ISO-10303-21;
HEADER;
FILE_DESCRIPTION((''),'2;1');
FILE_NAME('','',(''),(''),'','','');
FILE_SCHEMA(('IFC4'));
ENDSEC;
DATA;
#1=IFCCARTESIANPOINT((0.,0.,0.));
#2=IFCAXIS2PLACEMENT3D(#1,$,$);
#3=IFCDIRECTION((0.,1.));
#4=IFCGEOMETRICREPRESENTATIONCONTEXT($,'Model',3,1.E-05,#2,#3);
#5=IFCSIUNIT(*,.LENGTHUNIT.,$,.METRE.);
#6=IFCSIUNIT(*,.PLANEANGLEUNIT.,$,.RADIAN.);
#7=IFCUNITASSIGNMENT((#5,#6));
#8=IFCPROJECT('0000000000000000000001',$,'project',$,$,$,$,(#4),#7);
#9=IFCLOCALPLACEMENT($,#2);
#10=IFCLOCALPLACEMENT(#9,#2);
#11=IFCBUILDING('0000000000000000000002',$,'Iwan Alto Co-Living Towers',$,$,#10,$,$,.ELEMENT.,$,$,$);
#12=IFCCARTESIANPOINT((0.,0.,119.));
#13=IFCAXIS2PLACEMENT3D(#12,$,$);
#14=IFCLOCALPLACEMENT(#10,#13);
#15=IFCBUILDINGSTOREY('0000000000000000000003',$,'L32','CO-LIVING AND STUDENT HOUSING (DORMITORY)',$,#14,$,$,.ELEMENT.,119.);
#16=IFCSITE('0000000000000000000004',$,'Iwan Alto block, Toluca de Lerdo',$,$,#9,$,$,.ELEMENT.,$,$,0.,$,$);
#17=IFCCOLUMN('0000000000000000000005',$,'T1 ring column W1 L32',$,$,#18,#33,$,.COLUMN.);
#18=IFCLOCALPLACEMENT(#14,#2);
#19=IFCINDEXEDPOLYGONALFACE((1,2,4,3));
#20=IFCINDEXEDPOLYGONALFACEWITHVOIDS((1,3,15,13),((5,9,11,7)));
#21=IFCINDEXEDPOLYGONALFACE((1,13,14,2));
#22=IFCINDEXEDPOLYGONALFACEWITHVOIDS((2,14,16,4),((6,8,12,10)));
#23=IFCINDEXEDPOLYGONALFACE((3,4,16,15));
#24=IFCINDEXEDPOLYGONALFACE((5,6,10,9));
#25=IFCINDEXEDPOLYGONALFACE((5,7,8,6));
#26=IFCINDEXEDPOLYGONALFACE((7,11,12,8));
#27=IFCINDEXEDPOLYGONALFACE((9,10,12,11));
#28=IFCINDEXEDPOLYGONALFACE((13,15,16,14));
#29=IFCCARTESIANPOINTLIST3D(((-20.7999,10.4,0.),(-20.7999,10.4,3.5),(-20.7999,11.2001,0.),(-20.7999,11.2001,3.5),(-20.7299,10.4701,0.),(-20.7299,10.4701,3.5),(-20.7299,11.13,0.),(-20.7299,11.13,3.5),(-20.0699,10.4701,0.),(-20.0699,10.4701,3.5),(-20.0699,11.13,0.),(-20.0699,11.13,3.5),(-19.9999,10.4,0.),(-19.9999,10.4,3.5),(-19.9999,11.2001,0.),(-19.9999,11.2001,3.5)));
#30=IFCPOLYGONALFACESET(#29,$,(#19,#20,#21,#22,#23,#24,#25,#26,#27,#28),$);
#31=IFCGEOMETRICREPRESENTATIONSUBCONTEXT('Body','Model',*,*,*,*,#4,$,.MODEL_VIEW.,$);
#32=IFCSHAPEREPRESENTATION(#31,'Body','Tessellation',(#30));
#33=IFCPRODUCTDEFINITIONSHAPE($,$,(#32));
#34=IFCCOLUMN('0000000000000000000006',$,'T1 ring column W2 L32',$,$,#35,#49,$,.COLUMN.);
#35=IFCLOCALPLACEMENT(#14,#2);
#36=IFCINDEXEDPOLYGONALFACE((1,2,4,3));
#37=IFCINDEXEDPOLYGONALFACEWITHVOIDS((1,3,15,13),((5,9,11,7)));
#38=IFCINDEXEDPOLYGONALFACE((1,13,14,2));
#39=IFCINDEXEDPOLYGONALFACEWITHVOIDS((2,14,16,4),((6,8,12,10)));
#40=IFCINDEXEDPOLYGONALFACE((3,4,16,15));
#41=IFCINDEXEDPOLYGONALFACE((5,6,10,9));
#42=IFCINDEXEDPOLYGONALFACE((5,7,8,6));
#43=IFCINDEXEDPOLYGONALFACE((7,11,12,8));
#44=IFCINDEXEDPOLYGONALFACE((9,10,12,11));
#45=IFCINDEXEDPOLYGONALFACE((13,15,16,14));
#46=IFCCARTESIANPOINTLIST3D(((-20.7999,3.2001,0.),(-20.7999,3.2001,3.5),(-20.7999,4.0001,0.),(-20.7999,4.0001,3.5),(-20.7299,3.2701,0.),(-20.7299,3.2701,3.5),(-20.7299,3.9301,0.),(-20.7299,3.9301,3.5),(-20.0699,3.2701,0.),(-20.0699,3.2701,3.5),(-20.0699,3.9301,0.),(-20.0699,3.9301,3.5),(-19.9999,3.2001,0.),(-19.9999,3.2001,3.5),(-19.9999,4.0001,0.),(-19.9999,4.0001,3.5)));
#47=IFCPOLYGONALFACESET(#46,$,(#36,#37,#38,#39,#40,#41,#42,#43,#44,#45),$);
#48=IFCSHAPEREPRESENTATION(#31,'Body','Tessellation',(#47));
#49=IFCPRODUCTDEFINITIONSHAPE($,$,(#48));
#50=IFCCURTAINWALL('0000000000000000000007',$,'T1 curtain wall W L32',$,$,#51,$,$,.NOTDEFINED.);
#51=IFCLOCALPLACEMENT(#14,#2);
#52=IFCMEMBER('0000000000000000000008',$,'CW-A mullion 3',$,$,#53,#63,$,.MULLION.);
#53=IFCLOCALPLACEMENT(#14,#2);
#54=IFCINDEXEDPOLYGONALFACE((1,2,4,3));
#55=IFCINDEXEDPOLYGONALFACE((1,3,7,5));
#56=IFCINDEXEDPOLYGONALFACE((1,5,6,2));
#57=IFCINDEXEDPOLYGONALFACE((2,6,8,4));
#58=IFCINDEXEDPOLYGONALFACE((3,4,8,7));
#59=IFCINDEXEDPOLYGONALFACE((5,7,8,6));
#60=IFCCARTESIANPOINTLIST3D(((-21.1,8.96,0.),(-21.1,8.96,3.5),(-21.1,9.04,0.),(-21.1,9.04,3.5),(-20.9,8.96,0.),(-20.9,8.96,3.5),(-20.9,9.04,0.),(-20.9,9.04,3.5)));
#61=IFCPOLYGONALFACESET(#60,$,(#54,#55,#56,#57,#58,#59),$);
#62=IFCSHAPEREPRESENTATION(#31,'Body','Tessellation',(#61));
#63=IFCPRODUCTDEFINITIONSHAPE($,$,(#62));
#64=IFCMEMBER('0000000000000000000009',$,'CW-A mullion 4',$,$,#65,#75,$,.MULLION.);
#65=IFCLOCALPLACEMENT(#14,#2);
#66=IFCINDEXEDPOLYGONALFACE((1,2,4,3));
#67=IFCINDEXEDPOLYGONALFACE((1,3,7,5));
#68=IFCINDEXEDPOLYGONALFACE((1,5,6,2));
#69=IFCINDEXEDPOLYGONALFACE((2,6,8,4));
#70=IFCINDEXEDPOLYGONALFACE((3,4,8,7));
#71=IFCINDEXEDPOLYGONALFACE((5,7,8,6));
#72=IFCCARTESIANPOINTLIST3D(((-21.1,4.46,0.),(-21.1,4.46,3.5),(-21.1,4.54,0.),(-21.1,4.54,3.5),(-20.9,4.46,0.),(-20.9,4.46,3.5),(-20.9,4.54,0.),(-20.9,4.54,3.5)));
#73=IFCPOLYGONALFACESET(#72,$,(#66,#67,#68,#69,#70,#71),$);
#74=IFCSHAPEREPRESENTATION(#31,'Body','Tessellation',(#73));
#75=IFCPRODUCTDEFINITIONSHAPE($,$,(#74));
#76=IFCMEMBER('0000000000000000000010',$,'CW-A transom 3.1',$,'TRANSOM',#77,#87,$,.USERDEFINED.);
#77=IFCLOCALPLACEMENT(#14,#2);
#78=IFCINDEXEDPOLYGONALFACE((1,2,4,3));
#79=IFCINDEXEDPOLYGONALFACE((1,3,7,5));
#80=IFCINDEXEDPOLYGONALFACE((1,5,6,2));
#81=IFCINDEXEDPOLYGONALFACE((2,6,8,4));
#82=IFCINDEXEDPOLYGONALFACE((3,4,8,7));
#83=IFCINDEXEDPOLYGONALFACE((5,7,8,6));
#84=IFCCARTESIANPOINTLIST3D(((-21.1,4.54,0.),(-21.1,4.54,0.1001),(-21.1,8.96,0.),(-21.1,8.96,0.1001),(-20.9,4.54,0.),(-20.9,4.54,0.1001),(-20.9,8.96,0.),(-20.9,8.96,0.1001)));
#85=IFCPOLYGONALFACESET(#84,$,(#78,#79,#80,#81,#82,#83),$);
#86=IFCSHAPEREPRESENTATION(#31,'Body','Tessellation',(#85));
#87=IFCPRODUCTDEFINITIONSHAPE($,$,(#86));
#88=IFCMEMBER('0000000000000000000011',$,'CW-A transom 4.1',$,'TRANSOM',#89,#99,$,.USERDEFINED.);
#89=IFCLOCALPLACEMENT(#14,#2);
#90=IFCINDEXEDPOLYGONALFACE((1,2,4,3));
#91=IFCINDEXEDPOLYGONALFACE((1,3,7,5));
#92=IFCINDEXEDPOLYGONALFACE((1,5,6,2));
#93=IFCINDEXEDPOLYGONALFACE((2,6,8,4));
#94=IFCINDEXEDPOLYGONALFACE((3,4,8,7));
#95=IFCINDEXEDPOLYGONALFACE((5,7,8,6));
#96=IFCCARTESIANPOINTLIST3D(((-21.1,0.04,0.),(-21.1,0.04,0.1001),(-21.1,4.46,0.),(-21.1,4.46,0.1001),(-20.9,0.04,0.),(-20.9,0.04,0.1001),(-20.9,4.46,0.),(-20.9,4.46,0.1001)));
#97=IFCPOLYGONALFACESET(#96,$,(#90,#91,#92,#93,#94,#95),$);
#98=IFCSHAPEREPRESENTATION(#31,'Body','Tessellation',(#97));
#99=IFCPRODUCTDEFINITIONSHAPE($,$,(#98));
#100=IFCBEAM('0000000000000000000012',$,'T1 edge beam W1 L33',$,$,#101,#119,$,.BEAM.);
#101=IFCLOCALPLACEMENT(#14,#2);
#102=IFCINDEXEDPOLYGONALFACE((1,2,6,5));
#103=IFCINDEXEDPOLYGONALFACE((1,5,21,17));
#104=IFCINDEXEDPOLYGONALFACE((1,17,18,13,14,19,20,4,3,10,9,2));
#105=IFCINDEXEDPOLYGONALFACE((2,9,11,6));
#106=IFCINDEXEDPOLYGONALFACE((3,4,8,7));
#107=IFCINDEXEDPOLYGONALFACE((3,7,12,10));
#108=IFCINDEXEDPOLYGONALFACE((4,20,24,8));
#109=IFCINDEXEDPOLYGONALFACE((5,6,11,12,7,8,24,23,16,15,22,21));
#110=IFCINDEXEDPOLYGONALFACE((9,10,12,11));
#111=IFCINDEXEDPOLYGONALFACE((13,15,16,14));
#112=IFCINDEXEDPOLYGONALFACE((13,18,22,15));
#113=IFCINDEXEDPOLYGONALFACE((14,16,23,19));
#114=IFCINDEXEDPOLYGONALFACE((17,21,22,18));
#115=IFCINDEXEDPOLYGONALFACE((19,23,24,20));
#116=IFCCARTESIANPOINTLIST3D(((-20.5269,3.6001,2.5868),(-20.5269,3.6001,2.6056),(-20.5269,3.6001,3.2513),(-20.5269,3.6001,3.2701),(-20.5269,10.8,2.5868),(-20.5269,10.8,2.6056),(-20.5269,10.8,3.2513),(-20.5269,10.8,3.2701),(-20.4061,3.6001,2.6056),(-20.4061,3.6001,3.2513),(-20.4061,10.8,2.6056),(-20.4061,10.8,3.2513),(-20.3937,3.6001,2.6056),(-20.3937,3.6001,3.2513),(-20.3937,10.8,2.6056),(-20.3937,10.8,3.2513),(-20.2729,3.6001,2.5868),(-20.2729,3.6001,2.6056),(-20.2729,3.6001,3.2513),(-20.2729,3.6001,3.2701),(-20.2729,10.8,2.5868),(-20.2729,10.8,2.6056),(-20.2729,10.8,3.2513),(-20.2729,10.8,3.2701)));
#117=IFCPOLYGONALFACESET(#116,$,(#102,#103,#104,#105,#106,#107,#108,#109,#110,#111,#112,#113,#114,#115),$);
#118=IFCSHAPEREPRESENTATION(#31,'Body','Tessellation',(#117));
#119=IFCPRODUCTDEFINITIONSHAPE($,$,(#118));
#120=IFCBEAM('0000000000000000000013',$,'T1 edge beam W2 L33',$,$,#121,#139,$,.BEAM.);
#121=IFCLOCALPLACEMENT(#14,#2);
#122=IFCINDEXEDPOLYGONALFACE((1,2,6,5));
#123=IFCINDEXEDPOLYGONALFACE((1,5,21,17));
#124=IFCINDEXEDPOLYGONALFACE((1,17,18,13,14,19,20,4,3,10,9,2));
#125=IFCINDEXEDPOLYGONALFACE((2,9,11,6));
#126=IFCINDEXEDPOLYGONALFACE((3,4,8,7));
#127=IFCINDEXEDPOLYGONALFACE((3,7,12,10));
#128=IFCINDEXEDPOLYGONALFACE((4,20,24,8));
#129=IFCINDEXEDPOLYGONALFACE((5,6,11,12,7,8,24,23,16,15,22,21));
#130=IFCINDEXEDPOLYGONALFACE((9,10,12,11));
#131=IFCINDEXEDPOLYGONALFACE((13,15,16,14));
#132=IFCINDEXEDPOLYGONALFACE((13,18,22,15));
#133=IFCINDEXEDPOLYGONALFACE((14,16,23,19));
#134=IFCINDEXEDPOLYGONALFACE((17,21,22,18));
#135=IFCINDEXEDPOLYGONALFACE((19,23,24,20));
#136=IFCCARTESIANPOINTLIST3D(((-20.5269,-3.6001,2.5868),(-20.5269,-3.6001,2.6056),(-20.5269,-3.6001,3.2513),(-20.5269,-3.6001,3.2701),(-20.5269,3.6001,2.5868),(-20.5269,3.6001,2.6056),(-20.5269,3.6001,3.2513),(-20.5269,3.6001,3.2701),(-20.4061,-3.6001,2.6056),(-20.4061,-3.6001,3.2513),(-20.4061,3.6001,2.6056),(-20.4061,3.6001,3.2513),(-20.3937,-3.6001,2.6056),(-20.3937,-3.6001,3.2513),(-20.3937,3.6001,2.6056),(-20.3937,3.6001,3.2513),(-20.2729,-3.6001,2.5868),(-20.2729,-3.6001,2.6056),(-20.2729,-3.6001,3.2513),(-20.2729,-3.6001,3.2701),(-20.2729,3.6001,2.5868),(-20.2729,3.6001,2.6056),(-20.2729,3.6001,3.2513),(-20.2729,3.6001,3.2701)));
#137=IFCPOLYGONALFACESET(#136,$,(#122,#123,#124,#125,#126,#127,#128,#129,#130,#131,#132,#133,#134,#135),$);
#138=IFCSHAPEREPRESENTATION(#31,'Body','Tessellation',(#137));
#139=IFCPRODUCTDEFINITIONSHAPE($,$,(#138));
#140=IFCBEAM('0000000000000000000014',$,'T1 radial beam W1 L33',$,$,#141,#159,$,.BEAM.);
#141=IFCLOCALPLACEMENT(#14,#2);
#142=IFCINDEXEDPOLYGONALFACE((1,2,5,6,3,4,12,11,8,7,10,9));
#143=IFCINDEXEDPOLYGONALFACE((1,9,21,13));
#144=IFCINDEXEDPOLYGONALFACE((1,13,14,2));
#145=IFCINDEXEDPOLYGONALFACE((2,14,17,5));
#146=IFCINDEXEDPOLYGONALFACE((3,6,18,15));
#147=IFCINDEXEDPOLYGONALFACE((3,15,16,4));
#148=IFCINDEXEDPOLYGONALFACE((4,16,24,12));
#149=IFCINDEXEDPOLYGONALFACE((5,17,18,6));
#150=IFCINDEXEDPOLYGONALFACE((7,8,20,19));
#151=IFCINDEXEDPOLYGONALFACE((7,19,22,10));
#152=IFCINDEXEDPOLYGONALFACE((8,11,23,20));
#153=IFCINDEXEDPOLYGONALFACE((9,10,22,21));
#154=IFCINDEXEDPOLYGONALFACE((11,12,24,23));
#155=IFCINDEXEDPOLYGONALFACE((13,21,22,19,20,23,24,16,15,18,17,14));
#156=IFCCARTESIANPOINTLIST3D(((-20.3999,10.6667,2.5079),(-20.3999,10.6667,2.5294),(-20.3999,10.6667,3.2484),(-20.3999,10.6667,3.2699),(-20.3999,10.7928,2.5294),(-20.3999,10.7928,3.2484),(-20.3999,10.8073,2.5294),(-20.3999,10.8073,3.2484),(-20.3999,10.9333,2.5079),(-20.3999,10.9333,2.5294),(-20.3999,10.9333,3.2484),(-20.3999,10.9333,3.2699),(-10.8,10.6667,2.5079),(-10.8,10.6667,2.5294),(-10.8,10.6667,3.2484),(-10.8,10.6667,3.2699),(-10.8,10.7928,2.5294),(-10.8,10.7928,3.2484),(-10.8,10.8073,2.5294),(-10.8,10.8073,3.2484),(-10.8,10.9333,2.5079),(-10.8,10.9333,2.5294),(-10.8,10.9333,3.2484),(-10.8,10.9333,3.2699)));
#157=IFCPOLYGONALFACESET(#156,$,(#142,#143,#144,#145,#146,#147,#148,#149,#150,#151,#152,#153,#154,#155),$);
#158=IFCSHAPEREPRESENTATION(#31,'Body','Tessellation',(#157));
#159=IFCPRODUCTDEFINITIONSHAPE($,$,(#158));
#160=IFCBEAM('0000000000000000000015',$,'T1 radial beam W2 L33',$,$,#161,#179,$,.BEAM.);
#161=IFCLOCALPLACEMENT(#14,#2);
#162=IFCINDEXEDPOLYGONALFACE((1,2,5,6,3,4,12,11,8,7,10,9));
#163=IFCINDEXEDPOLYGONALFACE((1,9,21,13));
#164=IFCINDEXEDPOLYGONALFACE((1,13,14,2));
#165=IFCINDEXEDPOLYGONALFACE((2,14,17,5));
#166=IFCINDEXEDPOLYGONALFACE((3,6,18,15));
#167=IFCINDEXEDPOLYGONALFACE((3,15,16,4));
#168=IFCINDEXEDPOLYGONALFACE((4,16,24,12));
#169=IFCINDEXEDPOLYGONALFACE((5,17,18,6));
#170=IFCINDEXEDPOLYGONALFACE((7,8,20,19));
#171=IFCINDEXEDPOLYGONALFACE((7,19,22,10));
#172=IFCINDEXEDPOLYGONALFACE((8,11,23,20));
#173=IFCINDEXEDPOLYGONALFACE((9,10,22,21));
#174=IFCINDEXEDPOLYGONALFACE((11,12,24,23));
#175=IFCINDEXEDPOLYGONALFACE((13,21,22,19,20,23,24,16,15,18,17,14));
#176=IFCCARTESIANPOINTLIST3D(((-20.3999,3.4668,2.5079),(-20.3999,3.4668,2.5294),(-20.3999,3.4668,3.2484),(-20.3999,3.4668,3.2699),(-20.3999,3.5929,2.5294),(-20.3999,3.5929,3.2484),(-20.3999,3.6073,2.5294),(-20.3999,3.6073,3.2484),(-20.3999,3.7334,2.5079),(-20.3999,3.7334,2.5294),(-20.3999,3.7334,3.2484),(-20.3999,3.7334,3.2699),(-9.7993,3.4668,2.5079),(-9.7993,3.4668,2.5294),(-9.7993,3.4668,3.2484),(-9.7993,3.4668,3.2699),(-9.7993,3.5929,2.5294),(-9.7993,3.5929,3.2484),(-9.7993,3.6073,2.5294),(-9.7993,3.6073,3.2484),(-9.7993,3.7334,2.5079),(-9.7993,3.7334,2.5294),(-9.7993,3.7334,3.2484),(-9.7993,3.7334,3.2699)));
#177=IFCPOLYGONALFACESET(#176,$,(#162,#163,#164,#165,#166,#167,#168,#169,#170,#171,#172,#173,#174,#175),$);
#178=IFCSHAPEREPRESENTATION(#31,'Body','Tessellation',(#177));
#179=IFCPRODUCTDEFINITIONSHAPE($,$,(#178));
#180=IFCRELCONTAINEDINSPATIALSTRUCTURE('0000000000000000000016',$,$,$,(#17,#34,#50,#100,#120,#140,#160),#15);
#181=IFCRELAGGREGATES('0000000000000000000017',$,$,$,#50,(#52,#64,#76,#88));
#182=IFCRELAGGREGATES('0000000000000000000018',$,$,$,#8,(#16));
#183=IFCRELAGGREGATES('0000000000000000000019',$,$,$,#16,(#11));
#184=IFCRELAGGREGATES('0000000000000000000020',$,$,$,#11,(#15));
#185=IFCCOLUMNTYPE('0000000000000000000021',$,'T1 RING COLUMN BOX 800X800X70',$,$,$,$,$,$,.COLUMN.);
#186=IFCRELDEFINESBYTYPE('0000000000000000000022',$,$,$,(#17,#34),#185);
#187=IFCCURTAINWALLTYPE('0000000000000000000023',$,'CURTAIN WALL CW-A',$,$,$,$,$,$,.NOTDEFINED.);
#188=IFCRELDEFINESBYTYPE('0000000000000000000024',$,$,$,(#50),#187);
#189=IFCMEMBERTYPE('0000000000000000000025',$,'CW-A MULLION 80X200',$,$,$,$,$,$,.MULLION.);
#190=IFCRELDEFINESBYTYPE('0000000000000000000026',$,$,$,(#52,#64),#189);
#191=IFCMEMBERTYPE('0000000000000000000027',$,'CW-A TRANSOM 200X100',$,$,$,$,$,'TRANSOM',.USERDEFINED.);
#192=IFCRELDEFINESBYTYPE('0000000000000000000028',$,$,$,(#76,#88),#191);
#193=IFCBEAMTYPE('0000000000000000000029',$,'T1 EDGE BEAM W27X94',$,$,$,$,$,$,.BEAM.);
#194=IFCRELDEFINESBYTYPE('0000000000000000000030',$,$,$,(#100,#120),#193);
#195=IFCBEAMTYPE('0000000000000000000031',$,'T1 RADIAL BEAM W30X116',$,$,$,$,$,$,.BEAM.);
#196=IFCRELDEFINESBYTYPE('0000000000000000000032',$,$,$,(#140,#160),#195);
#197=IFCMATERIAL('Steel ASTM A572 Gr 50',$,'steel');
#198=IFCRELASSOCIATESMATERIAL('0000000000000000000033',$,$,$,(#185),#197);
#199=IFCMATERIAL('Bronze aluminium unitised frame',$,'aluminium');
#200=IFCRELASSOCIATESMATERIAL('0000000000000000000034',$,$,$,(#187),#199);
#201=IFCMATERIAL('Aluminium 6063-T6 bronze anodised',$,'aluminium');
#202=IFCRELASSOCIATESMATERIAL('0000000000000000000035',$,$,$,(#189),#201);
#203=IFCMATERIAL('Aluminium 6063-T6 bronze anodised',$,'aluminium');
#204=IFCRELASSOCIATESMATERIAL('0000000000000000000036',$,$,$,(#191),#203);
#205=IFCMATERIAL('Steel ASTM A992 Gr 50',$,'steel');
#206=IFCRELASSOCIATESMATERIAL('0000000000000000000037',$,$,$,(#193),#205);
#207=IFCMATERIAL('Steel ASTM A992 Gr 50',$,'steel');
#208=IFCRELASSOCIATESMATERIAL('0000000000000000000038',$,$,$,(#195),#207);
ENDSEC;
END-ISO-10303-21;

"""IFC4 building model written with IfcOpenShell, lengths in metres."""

from ifc_helpers import new_model, si_unit, direction, frame, origin, origin_2d, place, context, subcontext, project, spatial, rectangle, hollow_rectangle, i_section, extrude, material, material_profile, profile_set, type_object, element, aggregate, save


model = new_model("IFC4")

# Units and contexts
model_context = context("Model", 3, precision=1e-05, world=origin(), true_north=direction((0.0, 1.0)))
body_context = subcontext(model_context, "Body", "Model", "MODEL_VIEW")
ifc_project = project(units=[si_unit("LENGTHUNIT", "METRE"), si_unit("PLANEANGLEUNIT", "RADIAN")], contexts=[model_context])

# Site, building, storey
site_placement = place(None, origin())
site = spatial("IfcSite", under=ifc_project, at=site_placement, Name="Iwan Alto block, Toluca de Lerdo", CompositionType="ELEMENT", RefElevation=0.0)
building_placement = place(site_placement, origin())
building = spatial("IfcBuilding", under=site, at=building_placement, Name="Iwan Alto Co-Living Towers", CompositionType="ELEMENT")
storey_placement = place(building_placement, frame((0.0, 0.0, 119.0)))
storey = spatial("IfcBuildingStorey", under=building, at=storey_placement, Name="L32", Description="CO-LIVING AND STUDENT HOUSING (DORMITORY)", CompositionType="ELEMENT", Elevation=119.0)

# Columns
ifc_material_1 = material(Name="Steel ASTM A572 Gr 50", Category="steel")
ifc_material_profile_1 = material_profile(ifc_material_1, hollow_rectangle(XDim=0.8, YDim=0.8, WallThickness=0.0701, at=origin_2d()), Name="BOX 800X800X70")
ifc_profile_set_1 = profile_set([ifc_material_profile_1], Name="Steel ASTM A572 Gr 50")
column_type = type_object("IfcColumnType", Name="T1 RING COLUMN BOX 800X800X70", PredefinedType="COLUMN", material=ifc_profile_set_1)
for number, where, z_axis, x_axis, name in (
    (1, (-20.3999, 10.8, 0.0), (0.0, 0.0, 1.0), (1.0, 0.0, 0.0), "T1 ring column W1 L32"),
    (2, (-20.3999, 3.6001, 0.0), (0.0, 0.0, 1.0), (1.0, 0.0, 0.0), "T1 ring column W2 L32"),
):
    element("IfcColumn", number, at=place(storey_placement, frame(where, z_axis=z_axis, x_axis=x_axis)), inside=storey, type_object=column_type, Name=name, PredefinedType="COLUMN", context=body_context, shape_type="SweptSolid", body=[
        extrude(hollow_rectangle(XDim=0.8, YDim=0.8, WallThickness=0.0701, at=origin_2d()), origin(), (0.0, 0.0, 1.0), 3.5),
    ])

# Curtain wall, members
ifc_material_2 = material(Name="Bronze aluminium unitised frame", Category="aluminium")
curtain_wall_type = type_object("IfcCurtainWallType", Name="CURTAIN WALL CW-A", PredefinedType="NOTDEFINED", material=ifc_material_2)
curtain_wall_placement = place(storey_placement, origin())
curtain_wall = element("IfcCurtainWall", 3, at=curtain_wall_placement, inside=storey, type_object=curtain_wall_type, Name="T1 curtain wall W L32", PredefinedType="NOTDEFINED")
ifc_material_3 = material(Name="Aluminium 6063-T6 bronze anodised", Category="aluminium")
ifc_material_profile_2 = material_profile(ifc_material_3, rectangle(XDim=0.2, YDim=0.0801, at=origin_2d()), Name="AL 80X200")
ifc_profile_set_2 = profile_set([ifc_material_profile_2], Name="Aluminium 6063-T6 bronze anodised")
member_type_1 = type_object("IfcMemberType", Name="CW-A MULLION 80X200", PredefinedType="MULLION", material=ifc_profile_set_2)
member_1_placement = place(storey_placement, frame((-21.0, 9.0, 0.0), z_axis=(0.0, 0.0, 1.0), x_axis=(1.0, 0.0, 0.0)))
member_1 = element("IfcMember", 4, at=member_1_placement, type_object=member_type_1, Name="CW-A mullion 3", PredefinedType="MULLION", context=body_context, shape_type="SweptSolid", body=[
    extrude(rectangle(XDim=0.2, YDim=0.0801, at=origin_2d()), origin(), (0.0, 0.0, 1.0), 3.5),
])
member_2_placement = place(storey_placement, frame((-21.0, 4.5, 0.0), z_axis=(0.0, 0.0, 1.0), x_axis=(1.0, 0.0, 0.0)))
member_2 = element("IfcMember", 5, at=member_2_placement, type_object=member_type_1, Name="CW-A mullion 4", PredefinedType="MULLION", context=body_context, shape_type="SweptSolid", body=[
    extrude(rectangle(XDim=0.2, YDim=0.0801, at=origin_2d()), origin(), (0.0, 0.0, 1.0), 3.5),
])
ifc_material_4 = material(Name="Aluminium 6063-T6 bronze anodised", Category="aluminium")
ifc_material_profile_3 = material_profile(ifc_material_4, rectangle(XDim=0.2, YDim=0.1001, at=origin_2d()), Name="AL 200X100")
ifc_profile_set_3 = profile_set([ifc_material_profile_3], Name="Aluminium 6063-T6 bronze anodised")
member_type_2 = type_object("IfcMemberType", Name="CW-A TRANSOM 200X100", ElementType="TRANSOM", PredefinedType="USERDEFINED", material=ifc_profile_set_3)
member_3_placement = place(storey_placement, frame((-21.0, 8.96, 0.05), z_axis=(0.0, -1.0, 0.0), x_axis=(1.0, 0.0, 0.0)))
member_3 = element("IfcMember", 6, at=member_3_placement, type_object=member_type_2, Name="CW-A transom 3.1", ObjectType="TRANSOM", PredefinedType="USERDEFINED", context=body_context, shape_type="SweptSolid", body=[
    extrude(rectangle(XDim=0.2, YDim=0.1001, at=origin_2d()), origin(), (0.0, 0.0, 1.0), 4.4199),
])
member_4_placement = place(storey_placement, frame((-21.0, 4.46, 0.05), z_axis=(0.0, -1.0, 0.0), x_axis=(1.0, 0.0, 0.0)))
member_4 = element("IfcMember", 7, at=member_4_placement, type_object=member_type_2, Name="CW-A transom 4.1", ObjectType="TRANSOM", PredefinedType="USERDEFINED", context=body_context, shape_type="SweptSolid", body=[
    extrude(rectangle(XDim=0.2, YDim=0.1001, at=origin_2d()), origin(), (0.0, 0.0, 1.0), 4.4199),
])

# Beams
ifc_material_5 = material(Name="Steel ASTM A992 Gr 50", Category="steel")
ifc_material_profile_4 = material_profile(ifc_material_5, i_section(OverallWidth=0.2539, OverallDepth=0.6833, WebThickness=0.0125, FlangeThickness=0.0188, at=origin_2d()), Name="W27X94")
ifc_profile_set_4 = profile_set([ifc_material_profile_4], Name="Steel ASTM A992 Gr 50")
beam_type_1 = type_object("IfcBeamType", Name="T1 EDGE BEAM W27X94", PredefinedType="BEAM", material=ifc_profile_set_4)
beam_1_placement = place(storey_placement, frame((-20.3999, 10.8, 2.9285), z_axis=(0.0, -1.0, 0.0), x_axis=(1.0, 0.0, 0.0)))
element("IfcBeam", 8, at=beam_1_placement, inside=storey, type_object=beam_type_1, Name="T1 edge beam W1 L33", PredefinedType="BEAM", context=body_context, shape_type="SweptSolid", body=[
    extrude(i_section(OverallWidth=0.2539, OverallDepth=0.6833, WebThickness=0.0125, FlangeThickness=0.0188, at=origin_2d()), origin(), (0.0, 0.0, 1.0), 7.2),
])
beam_2_placement = place(storey_placement, frame((-20.3999, 3.6001, 2.9285), z_axis=(0.0, -1.0, 0.0), x_axis=(1.0, 0.0, 0.0)))
element("IfcBeam", 9, at=beam_2_placement, inside=storey, type_object=beam_type_1, Name="T1 edge beam W2 L33", PredefinedType="BEAM", context=body_context, shape_type="SweptSolid", body=[
    extrude(i_section(OverallWidth=0.2539, OverallDepth=0.6833, WebThickness=0.0125, FlangeThickness=0.0188, at=origin_2d()), origin(), (0.0, 0.0, 1.0), 7.2002),
])
ifc_material_6 = material(Name="Steel ASTM A992 Gr 50", Category="steel")
ifc_material_profile_5 = material_profile(ifc_material_6, i_section(OverallWidth=0.2666, OverallDepth=0.762, WebThickness=0.0144, FlangeThickness=0.0215, at=origin_2d()), Name="W30X116")
ifc_profile_set_5 = profile_set([ifc_material_profile_5], Name="Steel ASTM A992 Gr 50")
beam_type_2 = type_object("IfcBeamType", Name="T1 RADIAL BEAM W30X116", PredefinedType="BEAM", material=ifc_profile_set_5)
beam_3_placement = place(storey_placement, frame((-20.3999, 10.8, 2.8889), z_axis=(1.0, 0.0, 0.0), x_axis=(0.0, 1.0, 0.0)))
element("IfcBeam", 10, at=beam_3_placement, inside=storey, type_object=beam_type_2, Name="T1 radial beam W1 L33", PredefinedType="BEAM", context=body_context, shape_type="SweptSolid", body=[
    extrude(i_section(OverallWidth=0.2666, OverallDepth=0.762, WebThickness=0.0144, FlangeThickness=0.0215, at=origin_2d()), origin(), (0.0, 0.0, 1.0), 9.5999),
])
beam_4_placement = place(storey_placement, frame((-20.3999, 3.6001, 2.8889), z_axis=(1.0, 0.0, 0.0), x_axis=(0.0, 1.0, 0.0)))
element("IfcBeam", 11, at=beam_4_placement, inside=storey, type_object=beam_type_2, Name="T1 radial beam W2 L33", PredefinedType="BEAM", context=body_context, shape_type="SweptSolid", body=[
    extrude(i_section(OverallWidth=0.2666, OverallDepth=0.762, WebThickness=0.0144, FlangeThickness=0.0215, at=origin_2d()), origin(), (0.0, 0.0, 1.0), 10.6006),
])

aggregate(curtain_wall, [member_1, member_2, member_3, member_4])

save(model, "model.ifc")
